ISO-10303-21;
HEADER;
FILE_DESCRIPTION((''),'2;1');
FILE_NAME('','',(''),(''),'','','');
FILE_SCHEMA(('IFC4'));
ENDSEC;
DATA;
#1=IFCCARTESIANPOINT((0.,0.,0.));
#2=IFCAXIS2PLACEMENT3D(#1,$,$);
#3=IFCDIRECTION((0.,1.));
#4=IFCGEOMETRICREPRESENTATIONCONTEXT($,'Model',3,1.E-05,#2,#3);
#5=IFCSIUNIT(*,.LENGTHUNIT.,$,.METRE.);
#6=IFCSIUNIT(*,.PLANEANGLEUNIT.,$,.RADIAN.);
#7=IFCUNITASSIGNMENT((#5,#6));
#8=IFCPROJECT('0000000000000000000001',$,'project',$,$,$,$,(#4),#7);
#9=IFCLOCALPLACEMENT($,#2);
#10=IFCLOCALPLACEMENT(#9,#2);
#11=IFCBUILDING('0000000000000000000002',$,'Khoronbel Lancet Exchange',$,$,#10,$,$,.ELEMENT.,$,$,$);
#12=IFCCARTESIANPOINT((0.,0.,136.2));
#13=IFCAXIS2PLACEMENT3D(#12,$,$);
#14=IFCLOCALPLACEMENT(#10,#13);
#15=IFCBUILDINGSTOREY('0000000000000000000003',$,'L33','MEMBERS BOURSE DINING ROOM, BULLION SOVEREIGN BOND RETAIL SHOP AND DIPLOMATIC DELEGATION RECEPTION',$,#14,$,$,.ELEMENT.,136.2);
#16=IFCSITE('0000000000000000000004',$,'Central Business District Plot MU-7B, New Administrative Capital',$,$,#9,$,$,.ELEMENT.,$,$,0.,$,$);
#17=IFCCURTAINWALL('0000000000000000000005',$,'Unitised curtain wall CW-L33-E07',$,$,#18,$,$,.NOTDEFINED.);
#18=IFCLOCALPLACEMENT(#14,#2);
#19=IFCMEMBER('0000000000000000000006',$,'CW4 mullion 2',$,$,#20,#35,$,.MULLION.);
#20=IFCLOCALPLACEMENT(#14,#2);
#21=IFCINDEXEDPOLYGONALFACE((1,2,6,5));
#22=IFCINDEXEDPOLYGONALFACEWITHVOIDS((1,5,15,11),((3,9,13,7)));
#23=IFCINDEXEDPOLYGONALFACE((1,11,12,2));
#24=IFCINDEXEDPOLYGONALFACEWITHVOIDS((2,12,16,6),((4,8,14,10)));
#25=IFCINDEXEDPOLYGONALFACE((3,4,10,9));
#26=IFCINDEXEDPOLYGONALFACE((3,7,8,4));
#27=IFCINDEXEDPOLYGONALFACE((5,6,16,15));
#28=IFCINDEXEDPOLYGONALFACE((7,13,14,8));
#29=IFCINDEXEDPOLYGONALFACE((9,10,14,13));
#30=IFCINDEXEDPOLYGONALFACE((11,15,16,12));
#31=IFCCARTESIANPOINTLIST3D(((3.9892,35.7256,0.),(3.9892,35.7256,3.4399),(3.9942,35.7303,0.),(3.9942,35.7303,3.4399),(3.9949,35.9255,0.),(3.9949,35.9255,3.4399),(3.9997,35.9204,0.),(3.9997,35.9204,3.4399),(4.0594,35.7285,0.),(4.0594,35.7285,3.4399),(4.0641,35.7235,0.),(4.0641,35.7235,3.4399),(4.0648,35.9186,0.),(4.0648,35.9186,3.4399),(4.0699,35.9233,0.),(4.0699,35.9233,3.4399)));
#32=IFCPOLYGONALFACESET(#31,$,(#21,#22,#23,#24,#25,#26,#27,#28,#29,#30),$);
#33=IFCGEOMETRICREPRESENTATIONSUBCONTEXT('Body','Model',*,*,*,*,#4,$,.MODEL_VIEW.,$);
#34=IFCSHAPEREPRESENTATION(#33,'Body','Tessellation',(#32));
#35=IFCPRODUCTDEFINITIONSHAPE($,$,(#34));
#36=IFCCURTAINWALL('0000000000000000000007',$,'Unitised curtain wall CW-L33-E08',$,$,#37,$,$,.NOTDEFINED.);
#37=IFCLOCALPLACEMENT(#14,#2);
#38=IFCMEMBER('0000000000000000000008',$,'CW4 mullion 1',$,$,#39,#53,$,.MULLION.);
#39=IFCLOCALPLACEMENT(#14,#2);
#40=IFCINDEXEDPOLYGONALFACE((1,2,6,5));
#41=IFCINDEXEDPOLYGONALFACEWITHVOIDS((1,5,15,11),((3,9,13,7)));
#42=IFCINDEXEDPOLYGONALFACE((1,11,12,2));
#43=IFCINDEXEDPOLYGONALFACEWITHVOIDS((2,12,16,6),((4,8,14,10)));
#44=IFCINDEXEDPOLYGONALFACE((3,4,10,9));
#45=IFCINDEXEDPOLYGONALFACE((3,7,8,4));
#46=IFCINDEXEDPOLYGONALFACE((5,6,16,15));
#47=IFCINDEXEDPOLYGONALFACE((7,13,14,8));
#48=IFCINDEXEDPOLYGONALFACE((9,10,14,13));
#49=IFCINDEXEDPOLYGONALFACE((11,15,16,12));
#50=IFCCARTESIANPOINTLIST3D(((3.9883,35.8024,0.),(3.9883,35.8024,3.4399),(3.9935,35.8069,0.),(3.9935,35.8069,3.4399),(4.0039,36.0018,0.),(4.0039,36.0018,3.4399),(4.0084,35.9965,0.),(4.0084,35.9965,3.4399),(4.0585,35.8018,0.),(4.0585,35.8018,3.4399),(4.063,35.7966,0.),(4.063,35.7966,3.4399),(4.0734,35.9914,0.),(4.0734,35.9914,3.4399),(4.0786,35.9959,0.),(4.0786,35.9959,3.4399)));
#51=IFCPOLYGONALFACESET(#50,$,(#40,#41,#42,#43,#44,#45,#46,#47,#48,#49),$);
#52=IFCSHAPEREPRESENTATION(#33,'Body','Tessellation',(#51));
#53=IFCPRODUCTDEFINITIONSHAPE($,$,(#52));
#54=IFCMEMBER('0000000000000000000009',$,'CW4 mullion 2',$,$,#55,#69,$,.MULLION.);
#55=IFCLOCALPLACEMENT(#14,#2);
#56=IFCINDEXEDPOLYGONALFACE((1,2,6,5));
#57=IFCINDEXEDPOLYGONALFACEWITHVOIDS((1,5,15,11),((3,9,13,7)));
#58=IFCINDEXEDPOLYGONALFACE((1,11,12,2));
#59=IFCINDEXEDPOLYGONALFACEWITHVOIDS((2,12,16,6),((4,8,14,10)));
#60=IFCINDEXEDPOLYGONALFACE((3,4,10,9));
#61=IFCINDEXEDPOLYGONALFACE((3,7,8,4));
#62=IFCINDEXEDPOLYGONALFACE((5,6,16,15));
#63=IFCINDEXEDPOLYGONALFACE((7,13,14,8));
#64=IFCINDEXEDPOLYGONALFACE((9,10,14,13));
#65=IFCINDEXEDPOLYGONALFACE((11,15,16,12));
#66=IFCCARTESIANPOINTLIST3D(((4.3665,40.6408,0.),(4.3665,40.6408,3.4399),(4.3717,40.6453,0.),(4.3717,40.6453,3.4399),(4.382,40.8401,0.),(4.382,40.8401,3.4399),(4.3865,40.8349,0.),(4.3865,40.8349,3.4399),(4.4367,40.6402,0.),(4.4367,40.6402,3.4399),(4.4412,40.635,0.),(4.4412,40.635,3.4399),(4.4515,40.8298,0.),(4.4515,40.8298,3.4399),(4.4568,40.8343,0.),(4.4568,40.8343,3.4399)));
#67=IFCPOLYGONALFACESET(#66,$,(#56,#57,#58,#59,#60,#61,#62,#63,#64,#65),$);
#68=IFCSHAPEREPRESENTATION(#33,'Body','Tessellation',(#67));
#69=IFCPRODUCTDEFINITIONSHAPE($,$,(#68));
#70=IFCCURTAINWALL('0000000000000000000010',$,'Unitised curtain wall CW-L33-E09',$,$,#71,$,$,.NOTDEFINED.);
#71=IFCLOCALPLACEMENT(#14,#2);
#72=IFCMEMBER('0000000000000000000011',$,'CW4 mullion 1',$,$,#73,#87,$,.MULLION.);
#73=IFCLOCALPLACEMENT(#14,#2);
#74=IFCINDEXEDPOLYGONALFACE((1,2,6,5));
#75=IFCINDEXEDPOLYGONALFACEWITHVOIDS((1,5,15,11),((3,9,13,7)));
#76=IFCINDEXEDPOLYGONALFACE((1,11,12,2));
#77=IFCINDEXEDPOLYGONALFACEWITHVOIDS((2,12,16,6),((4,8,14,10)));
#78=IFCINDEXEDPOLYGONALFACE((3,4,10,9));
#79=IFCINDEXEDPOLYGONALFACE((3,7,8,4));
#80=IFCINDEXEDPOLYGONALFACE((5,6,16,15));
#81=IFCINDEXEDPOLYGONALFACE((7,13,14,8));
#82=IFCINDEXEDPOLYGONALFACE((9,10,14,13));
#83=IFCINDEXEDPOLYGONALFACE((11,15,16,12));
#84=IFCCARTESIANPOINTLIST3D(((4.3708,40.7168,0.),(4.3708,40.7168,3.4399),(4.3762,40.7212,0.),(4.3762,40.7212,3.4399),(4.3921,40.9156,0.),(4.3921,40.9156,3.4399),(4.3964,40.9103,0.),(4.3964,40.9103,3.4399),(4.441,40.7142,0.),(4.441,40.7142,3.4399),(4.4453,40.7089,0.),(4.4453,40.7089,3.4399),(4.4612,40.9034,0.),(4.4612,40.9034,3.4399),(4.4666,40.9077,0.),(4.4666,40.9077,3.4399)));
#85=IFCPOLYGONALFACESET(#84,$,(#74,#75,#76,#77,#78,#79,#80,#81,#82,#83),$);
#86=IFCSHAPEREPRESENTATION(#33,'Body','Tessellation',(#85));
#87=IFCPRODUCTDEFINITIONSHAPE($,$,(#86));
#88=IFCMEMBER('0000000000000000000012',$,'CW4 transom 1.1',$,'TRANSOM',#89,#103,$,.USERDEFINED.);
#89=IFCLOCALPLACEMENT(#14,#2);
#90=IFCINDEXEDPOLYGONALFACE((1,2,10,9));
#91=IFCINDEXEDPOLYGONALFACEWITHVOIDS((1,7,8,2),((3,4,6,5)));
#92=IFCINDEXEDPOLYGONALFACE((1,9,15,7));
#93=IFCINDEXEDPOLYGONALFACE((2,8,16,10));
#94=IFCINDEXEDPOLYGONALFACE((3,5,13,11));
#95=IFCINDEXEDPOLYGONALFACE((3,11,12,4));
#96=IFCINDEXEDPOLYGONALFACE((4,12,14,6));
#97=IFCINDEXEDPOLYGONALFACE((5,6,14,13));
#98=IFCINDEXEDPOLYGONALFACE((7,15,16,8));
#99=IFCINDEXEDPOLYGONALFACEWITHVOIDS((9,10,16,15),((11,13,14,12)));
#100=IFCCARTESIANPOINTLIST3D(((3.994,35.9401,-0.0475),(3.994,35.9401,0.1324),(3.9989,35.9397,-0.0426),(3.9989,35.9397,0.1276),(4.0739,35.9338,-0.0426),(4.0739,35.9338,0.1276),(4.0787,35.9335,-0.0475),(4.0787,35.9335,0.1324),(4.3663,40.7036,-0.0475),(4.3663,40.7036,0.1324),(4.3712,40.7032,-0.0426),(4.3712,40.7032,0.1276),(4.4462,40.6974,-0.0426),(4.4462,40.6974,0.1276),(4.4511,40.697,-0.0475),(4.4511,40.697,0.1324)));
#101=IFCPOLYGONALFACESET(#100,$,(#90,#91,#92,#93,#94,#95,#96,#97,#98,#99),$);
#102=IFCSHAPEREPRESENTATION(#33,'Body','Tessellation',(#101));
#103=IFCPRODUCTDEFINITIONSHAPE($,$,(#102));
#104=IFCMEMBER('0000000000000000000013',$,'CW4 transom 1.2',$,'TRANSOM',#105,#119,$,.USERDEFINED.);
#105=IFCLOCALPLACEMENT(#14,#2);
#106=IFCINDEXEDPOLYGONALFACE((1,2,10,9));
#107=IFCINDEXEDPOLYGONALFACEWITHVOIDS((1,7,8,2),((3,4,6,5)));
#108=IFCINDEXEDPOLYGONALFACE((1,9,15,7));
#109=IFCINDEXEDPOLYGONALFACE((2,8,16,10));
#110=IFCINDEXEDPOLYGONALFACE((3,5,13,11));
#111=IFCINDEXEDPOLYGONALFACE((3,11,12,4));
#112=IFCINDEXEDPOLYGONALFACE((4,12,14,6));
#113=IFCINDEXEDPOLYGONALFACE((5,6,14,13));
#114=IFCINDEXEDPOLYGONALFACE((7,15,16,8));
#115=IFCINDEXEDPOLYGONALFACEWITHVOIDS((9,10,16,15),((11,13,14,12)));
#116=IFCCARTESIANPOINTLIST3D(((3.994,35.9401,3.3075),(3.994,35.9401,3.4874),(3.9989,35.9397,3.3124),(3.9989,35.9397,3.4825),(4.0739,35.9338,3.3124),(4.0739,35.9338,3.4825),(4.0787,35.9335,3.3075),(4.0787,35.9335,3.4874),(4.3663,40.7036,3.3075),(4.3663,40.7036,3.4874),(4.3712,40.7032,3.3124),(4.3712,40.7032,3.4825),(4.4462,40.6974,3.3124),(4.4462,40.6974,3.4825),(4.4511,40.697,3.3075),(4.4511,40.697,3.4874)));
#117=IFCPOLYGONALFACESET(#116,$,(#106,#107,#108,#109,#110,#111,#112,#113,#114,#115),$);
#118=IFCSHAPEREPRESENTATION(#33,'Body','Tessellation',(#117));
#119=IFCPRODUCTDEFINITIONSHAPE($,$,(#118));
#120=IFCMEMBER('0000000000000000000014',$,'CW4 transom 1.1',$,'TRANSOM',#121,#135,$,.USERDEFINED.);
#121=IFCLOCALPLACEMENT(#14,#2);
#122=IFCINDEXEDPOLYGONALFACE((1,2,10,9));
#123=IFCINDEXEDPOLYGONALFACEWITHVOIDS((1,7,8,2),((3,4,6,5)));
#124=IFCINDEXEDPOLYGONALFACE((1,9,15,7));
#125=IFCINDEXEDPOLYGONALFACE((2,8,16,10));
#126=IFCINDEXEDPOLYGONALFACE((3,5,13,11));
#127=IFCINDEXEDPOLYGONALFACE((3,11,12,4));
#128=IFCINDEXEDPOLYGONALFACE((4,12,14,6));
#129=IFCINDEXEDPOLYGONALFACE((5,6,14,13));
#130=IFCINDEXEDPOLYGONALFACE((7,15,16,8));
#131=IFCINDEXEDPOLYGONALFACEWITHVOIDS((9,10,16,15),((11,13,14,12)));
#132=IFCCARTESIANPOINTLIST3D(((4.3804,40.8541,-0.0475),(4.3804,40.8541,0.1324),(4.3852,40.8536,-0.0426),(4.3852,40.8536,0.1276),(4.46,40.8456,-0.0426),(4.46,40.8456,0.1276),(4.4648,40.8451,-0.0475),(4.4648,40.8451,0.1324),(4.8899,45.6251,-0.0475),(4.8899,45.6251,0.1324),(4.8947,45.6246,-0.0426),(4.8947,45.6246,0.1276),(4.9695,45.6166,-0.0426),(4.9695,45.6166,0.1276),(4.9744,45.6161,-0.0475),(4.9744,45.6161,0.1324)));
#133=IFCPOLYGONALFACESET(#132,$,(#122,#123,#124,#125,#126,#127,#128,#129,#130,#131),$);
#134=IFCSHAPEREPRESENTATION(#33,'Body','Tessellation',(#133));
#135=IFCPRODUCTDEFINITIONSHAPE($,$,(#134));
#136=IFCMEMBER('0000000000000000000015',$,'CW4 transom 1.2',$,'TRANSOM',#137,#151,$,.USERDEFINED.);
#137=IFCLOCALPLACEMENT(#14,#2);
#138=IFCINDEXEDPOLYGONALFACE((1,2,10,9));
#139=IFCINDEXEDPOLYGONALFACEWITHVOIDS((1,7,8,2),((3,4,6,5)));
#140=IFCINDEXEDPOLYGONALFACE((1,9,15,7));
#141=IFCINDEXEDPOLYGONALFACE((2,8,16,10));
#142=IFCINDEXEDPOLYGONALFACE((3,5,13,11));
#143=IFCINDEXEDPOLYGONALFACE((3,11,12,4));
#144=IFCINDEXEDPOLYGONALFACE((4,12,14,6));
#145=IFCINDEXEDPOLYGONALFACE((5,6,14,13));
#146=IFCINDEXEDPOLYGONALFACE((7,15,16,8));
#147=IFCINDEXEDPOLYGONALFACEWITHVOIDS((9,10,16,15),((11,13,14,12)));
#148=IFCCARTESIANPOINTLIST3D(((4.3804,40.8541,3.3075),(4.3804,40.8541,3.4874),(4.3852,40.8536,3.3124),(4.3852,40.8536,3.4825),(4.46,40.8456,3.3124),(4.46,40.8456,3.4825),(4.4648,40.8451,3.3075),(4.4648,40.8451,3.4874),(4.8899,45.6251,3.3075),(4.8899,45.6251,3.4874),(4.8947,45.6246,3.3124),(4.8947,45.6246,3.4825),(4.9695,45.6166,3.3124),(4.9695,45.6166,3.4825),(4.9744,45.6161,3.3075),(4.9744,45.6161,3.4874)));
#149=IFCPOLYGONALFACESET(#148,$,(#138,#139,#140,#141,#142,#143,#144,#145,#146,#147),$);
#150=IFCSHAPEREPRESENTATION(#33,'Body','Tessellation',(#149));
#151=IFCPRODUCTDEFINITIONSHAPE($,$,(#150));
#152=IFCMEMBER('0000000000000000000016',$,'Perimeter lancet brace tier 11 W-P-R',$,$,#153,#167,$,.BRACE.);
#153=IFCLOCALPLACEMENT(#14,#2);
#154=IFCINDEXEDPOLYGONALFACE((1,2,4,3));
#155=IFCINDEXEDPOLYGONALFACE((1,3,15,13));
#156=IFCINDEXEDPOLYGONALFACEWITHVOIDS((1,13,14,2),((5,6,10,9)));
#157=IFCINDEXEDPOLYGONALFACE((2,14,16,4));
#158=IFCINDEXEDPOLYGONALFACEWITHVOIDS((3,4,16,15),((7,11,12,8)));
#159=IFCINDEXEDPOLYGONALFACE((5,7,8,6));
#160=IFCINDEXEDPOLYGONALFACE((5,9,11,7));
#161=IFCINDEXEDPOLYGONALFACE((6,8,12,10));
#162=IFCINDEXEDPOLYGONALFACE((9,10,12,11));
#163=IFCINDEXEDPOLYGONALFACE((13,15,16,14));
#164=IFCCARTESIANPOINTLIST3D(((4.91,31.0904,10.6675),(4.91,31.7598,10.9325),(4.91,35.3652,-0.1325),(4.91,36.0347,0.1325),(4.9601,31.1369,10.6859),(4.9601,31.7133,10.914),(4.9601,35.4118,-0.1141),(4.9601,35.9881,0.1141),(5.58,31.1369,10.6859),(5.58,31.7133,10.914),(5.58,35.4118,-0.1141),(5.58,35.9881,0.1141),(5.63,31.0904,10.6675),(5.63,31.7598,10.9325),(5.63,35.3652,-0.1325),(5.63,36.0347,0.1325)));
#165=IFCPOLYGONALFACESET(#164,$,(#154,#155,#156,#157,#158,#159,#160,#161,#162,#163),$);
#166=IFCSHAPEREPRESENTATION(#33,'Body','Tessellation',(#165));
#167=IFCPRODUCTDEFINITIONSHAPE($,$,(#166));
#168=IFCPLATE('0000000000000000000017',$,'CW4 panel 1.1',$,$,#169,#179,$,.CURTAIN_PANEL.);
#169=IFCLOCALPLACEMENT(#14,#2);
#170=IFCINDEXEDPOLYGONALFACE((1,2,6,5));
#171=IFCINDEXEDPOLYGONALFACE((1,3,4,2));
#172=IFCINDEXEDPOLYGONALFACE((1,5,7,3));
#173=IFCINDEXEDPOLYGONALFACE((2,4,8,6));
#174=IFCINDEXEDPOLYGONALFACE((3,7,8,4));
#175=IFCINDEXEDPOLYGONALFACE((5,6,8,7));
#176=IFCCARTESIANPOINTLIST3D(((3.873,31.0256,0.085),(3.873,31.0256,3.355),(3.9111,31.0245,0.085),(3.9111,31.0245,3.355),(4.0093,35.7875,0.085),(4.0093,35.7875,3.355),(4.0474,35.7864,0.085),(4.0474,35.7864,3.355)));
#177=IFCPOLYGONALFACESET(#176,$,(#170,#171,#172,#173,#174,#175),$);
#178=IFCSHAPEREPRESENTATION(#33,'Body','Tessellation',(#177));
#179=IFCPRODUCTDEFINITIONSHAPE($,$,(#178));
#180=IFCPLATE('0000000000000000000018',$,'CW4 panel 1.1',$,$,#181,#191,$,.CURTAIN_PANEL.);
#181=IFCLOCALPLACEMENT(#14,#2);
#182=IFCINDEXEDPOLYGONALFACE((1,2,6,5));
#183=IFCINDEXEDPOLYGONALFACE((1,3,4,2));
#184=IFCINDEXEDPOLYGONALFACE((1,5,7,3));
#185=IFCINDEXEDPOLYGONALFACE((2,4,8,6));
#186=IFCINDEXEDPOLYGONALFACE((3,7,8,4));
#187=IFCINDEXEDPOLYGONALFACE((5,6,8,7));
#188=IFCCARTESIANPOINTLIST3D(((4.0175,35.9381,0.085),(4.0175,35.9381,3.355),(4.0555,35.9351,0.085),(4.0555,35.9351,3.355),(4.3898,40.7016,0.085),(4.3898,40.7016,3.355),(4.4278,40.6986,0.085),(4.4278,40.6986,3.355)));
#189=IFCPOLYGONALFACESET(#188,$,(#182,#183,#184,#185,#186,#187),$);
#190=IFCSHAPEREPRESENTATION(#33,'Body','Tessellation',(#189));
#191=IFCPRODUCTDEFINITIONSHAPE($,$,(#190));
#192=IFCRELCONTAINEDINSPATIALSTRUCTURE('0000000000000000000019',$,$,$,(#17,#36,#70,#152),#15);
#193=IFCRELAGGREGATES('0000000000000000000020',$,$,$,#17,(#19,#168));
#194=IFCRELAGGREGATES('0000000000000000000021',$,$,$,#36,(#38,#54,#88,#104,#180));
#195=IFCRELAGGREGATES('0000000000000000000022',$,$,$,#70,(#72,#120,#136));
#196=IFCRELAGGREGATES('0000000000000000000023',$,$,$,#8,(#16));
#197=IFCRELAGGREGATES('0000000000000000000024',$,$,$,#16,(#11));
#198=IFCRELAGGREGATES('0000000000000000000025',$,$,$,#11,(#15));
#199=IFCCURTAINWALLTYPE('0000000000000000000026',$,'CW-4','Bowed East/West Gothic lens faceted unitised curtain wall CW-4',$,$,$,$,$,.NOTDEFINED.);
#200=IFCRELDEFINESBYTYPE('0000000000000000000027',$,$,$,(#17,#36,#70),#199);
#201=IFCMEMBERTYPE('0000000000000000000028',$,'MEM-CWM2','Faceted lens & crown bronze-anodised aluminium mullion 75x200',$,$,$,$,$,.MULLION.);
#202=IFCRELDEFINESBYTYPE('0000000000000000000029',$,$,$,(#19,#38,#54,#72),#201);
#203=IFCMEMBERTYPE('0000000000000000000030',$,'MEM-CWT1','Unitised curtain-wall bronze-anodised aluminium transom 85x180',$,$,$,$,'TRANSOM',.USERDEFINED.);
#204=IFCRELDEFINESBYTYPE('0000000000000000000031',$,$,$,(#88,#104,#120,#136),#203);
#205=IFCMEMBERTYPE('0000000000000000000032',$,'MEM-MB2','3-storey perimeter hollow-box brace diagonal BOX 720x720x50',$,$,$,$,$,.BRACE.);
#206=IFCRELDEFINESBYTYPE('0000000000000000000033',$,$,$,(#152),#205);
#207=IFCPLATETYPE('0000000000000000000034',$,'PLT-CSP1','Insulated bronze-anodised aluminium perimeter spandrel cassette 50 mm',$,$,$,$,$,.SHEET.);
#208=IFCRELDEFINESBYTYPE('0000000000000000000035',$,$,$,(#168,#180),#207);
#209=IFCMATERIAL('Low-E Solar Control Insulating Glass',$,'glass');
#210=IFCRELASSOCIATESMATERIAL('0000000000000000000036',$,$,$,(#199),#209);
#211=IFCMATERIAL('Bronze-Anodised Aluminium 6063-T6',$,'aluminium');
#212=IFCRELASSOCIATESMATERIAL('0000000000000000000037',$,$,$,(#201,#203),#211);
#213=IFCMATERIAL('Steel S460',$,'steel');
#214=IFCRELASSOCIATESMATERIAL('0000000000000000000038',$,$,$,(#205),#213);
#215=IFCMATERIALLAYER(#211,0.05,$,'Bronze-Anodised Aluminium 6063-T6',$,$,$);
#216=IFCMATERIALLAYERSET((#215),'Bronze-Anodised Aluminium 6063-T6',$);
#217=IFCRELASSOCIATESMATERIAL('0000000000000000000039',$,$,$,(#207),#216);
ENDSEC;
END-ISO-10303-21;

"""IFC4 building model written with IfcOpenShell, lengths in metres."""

from ifc_helpers import new_model, si_unit, direction, frame, origin, origin_2d, place, context, subcontext, project, spatial, rectangle, hollow_rectangle, extrude, material, layer, layer_set, material_profile, profile_set, type_object, element, aggregate, save


model = new_model("IFC4")

# Units and contexts
model_context = context("Model", 3, precision=1e-05, world=origin(), true_north=direction((0.0, 1.0)))
body_context = subcontext(model_context, "Body", "Model", "MODEL_VIEW")
ifc_project = project(units=[si_unit("LENGTHUNIT", "METRE"), si_unit("PLANEANGLEUNIT", "RADIAN")], contexts=[model_context])

# Site, building, storey
site_placement = place(None, origin())
site = spatial("IfcSite", under=ifc_project, at=site_placement, Name="Central Business District Plot MU-7B, New Administrative Capital", CompositionType="ELEMENT", RefElevation=0.0)
building_placement = place(site_placement, origin())
building = spatial("IfcBuilding", under=site, at=building_placement, Name="Khoronbel Lancet Exchange", CompositionType="ELEMENT")
storey_placement = place(building_placement, frame((0.0, 0.0, 136.2)))
storey = spatial("IfcBuildingStorey", under=building, at=storey_placement, Name="L33", Description="MEMBERS BOURSE DINING ROOM, BULLION SOVEREIGN BOND RETAIL SHOP AND DIPLOMATIC DELEGATION RECEPTION", CompositionType="ELEMENT", Elevation=136.2)

# Shared definitions
ifc_material_1 = material(Name="Steel S460", Category="steel")

# Curtain wall, member
ifc_material_2 = material(Name="Low-E Solar Control Insulating Glass", Category="glass")
curtain_wall_type = type_object("IfcCurtainWallType", Name="CW-4", Description="Bowed East/West Gothic lens faceted unitised curtain wall CW-4", PredefinedType="NOTDEFINED", material=ifc_material_2)
curtain_wall_1_placement = place(storey_placement, origin())
curtain_wall_1 = element("IfcCurtainWall", 1, at=curtain_wall_1_placement, inside=storey, type_object=curtain_wall_type, Name="Unitised curtain wall CW-L33-E07", PredefinedType="NOTDEFINED")
ifc_material_3 = material(Name="Bronze-Anodised Aluminium 6063-T6", Category="aluminium")
ifc_material_profile_1 = material_profile(ifc_material_3, hollow_rectangle(XDim=0.075, YDim=0.2, WallThickness=0.0049, at=origin_2d()), Name="ALU MULLION 75x200")
ifc_profile_set_1 = profile_set([ifc_material_profile_1], Name="Bronze-Anodised Aluminium 6063-T6")
member_type_1 = type_object("IfcMemberType", Name="MEM-CWM2", Description="Faceted lens & crown bronze-anodised aluminium mullion 75x200", PredefinedType="MULLION", material=ifc_profile_set_1)
member_1_placement = place(storey_placement, frame((4.0295, 35.8245, 0.0), z_axis=(0.0, 0.0, 1.0), x_axis=(-0.999591, 0.028613, 0.0)))
member_1 = element("IfcMember", 2, at=member_1_placement, type_object=member_type_1, Name="CW4 mullion 2", PredefinedType="MULLION", context=body_context, shape_type="SweptSolid", body=[
    extrude(hollow_rectangle(XDim=0.075, YDim=0.2, WallThickness=0.0049, at=origin_2d()), origin(), (0.0, 0.0, 1.0), 3.4399),
])

# Curtain wall, members
curtain_wall_2_placement = place(storey_placement, origin())
curtain_wall_2 = element("IfcCurtainWall", 3, at=curtain_wall_2_placement, inside=storey, type_object=curtain_wall_type, Name="Unitised curtain wall CW-L33-E08", PredefinedType="NOTDEFINED")
member_2_placement = place(storey_placement, frame((4.0334, 35.8992, 0.0), z_axis=(0.0, 0.0, 1.0), x_axis=(-0.99696, 0.077921, 0.0)))
member_2 = element("IfcMember", 4, at=member_2_placement, type_object=member_type_1, Name="CW4 mullion 1", PredefinedType="MULLION", context=body_context, shape_type="SweptSolid", body=[
    extrude(hollow_rectangle(XDim=0.075, YDim=0.2, WallThickness=0.0049, at=origin_2d()), origin(), (0.0, 0.0, 1.0), 3.4399),
])
member_3_placement = place(storey_placement, frame((4.4116, 40.7375, 0.0), z_axis=(0.0, 0.0, 1.0), x_axis=(-0.99696, 0.077921, 0.0)))
member_3 = element("IfcMember", 5, at=member_3_placement, type_object=member_type_1, Name="CW4 mullion 2", PredefinedType="MULLION", context=body_context, shape_type="SweptSolid", body=[
    extrude(hollow_rectangle(XDim=0.075, YDim=0.2, WallThickness=0.0049, at=origin_2d()), origin(), (0.0, 0.0, 1.0), 3.4399),
])

# Curtain wall, member
curtain_wall_3_placement = place(storey_placement, origin())
curtain_wall_3 = element("IfcCurtainWall", 6, at=curtain_wall_3_placement, inside=storey, type_object=curtain_wall_type, Name="Unitised curtain wall CW-L33-E09", PredefinedType="NOTDEFINED")
member_4_placement = place(storey_placement, frame((4.4187, 40.8123, 0.0), z_axis=(0.0, 0.0, 1.0), x_axis=(-0.994347, 0.106181, 0.0)))
member_4 = element("IfcMember", 7, at=member_4_placement, type_object=member_type_1, Name="CW4 mullion 1", PredefinedType="MULLION", context=body_context, shape_type="SweptSolid", body=[
    extrude(hollow_rectangle(XDim=0.075, YDim=0.2, WallThickness=0.0049, at=origin_2d()), origin(), (0.0, 0.0, 1.0), 3.4399),
])

# Members
ifc_material_profile_2 = material_profile(ifc_material_3, hollow_rectangle(XDim=0.085, YDim=0.1799, WallThickness=0.0049, at=origin_2d()), Name="ALU TRANSOM 85x180")
ifc_profile_set_2 = profile_set([ifc_material_profile_2], Name="Bronze-Anodised Aluminium 6063-T6")
member_type_2 = type_object("IfcMemberType", Name="MEM-CWT1", Description="Unitised curtain-wall bronze-anodised aluminium transom 85x180", ElementType="TRANSOM", PredefinedType="USERDEFINED", material=ifc_profile_set_2)
member_5_placement = place(storey_placement, frame((4.0364, 35.9368, 0.0425), z_axis=(0.077923, 0.996959, 0.0), x_axis=(-0.996959, 0.077923, 0.0)))
member_5 = element("IfcMember", 8, at=member_5_placement, type_object=member_type_2, Name="CW4 transom 1.1", ObjectType="TRANSOM", PredefinedType="USERDEFINED", context=body_context, shape_type="SweptSolid", body=[
    extrude(hollow_rectangle(XDim=0.085, YDim=0.1799, WallThickness=0.0049, at=origin_2d()), origin(), (0.0, 0.0, 1.0), 4.7781),
])
member_6_placement = place(storey_placement, frame((4.0364, 35.9368, 3.3975), z_axis=(0.077923, 0.996959, 0.0), x_axis=(-0.996959, 0.077923, 0.0)))
member_6 = element("IfcMember", 9, at=member_6_placement, type_object=member_type_2, Name="CW4 transom 1.2", ObjectType="TRANSOM", PredefinedType="USERDEFINED", context=body_context, shape_type="SweptSolid", body=[
    extrude(hollow_rectangle(XDim=0.085, YDim=0.1799, WallThickness=0.0049, at=origin_2d()), origin(), (0.0, 0.0, 1.0), 4.7781),
])
member_7_placement = place(storey_placement, frame((4.4226, 40.8496, 0.0425), z_axis=(0.106192, 0.994346, 0.0), x_axis=(-0.994346, 0.106192, 0.0)))
member_7 = element("IfcMember", 10, at=member_7_placement, type_object=member_type_2, Name="CW4 transom 1.1", ObjectType="TRANSOM", PredefinedType="USERDEFINED", context=body_context, shape_type="SweptSolid", body=[
    extrude(hollow_rectangle(XDim=0.085, YDim=0.1799, WallThickness=0.0049, at=origin_2d()), origin(), (0.0, 0.0, 1.0), 4.7981),
])
member_8_placement = place(storey_placement, frame((4.4226, 40.8496, 3.3975), z_axis=(0.106192, 0.994346, 0.0), x_axis=(-0.994346, 0.106192, 0.0)))
member_8 = element("IfcMember", 11, at=member_8_placement, type_object=member_type_2, Name="CW4 transom 1.2", ObjectType="TRANSOM", PredefinedType="USERDEFINED", context=body_context, shape_type="SweptSolid", body=[
    extrude(hollow_rectangle(XDim=0.085, YDim=0.1799, WallThickness=0.0049, at=origin_2d()), origin(), (0.0, 0.0, 1.0), 4.7981),
])
ifc_material_profile_3 = material_profile(ifc_material_1, hollow_rectangle(XDim=0.72, YDim=0.72, WallThickness=0.05, at=origin_2d()), Name="BOX 720x720x50")
ifc_profile_set_3 = profile_set([ifc_material_profile_3], Name="Steel S460")
member_type_3 = type_object("IfcMemberType", Name="MEM-MB2", Description="3-storey perimeter hollow-box brace diagonal BOX 720x720x50", PredefinedType="BRACE", material=ifc_profile_set_3)
member_9_placement = place(storey_placement, frame((5.27, 35.7, 0.0), z_axis=(0.0, -0.36804, 0.92981), x_axis=(1.0, 0.0, 0.0)))
element("IfcMember", 12, at=member_9_placement, inside=storey, type_object=member_type_3, Name="Perimeter lancet brace tier 11 W-P-R", PredefinedType="BRACE", context=body_context, shape_type="SweptSolid", body=[
    extrude(hollow_rectangle(XDim=0.72, YDim=0.72, WallThickness=0.05, at=origin_2d()), origin(), (0.0, 0.0, 1.0), 11.6152),
])

# Plates
ifc_layer_1 = layer(ifc_material_3, 0.05, Name="Bronze-Anodised Aluminium 6063-T6")
ifc_layer_set_1 = layer_set([ifc_layer_1], Name="Bronze-Anodised Aluminium 6063-T6")
plate_type_1 = type_object("IfcPlateType", Name="PLT-CSP1", Description="Insulated bronze-anodised aluminium perimeter spandrel cassette 50 mm", PredefinedType="SHEET", material=ifc_layer_set_1)
plate_1_placement = place(storey_placement, frame((3.9602, 33.406, 0.085), z_axis=(0.0, 0.0, 1.0), x_axis=(0.028613, 0.999591, 0.0)))
plate_1 = element("IfcPlate", 13, at=plate_1_placement, type_object=plate_type_1, Name="CW4 panel 1.1", PredefinedType="CURTAIN_PANEL", context=body_context, shape_type="SweptSolid", body=[
    extrude(rectangle(XDim=4.7639, YDim=0.0381, at=origin_2d()), origin(), (0.0, 0.0, 1.0), 3.27),
])
aggregate(curtain_wall_1, [member_1, plate_1])
plate_2_placement = place(storey_placement, frame((4.2227, 38.3184, 0.085), z_axis=(0.0, 0.0, 1.0), x_axis=(0.077921, 0.99696, 0.0)))
plate_2 = element("IfcPlate", 14, at=plate_2_placement, type_object=plate_type_1, Name="CW4 panel 1.1", PredefinedType="CURTAIN_PANEL", context=body_context, shape_type="SweptSolid", body=[
    extrude(rectangle(XDim=4.7781, YDim=0.0381, at=origin_2d()), origin(), (0.0, 0.0, 1.0), 3.27),
])
aggregate(curtain_wall_2, [member_2, member_3, member_5, member_6, plate_2])
aggregate(curtain_wall_3, [member_4, member_7, member_8])

save(model, "model.ifc")
